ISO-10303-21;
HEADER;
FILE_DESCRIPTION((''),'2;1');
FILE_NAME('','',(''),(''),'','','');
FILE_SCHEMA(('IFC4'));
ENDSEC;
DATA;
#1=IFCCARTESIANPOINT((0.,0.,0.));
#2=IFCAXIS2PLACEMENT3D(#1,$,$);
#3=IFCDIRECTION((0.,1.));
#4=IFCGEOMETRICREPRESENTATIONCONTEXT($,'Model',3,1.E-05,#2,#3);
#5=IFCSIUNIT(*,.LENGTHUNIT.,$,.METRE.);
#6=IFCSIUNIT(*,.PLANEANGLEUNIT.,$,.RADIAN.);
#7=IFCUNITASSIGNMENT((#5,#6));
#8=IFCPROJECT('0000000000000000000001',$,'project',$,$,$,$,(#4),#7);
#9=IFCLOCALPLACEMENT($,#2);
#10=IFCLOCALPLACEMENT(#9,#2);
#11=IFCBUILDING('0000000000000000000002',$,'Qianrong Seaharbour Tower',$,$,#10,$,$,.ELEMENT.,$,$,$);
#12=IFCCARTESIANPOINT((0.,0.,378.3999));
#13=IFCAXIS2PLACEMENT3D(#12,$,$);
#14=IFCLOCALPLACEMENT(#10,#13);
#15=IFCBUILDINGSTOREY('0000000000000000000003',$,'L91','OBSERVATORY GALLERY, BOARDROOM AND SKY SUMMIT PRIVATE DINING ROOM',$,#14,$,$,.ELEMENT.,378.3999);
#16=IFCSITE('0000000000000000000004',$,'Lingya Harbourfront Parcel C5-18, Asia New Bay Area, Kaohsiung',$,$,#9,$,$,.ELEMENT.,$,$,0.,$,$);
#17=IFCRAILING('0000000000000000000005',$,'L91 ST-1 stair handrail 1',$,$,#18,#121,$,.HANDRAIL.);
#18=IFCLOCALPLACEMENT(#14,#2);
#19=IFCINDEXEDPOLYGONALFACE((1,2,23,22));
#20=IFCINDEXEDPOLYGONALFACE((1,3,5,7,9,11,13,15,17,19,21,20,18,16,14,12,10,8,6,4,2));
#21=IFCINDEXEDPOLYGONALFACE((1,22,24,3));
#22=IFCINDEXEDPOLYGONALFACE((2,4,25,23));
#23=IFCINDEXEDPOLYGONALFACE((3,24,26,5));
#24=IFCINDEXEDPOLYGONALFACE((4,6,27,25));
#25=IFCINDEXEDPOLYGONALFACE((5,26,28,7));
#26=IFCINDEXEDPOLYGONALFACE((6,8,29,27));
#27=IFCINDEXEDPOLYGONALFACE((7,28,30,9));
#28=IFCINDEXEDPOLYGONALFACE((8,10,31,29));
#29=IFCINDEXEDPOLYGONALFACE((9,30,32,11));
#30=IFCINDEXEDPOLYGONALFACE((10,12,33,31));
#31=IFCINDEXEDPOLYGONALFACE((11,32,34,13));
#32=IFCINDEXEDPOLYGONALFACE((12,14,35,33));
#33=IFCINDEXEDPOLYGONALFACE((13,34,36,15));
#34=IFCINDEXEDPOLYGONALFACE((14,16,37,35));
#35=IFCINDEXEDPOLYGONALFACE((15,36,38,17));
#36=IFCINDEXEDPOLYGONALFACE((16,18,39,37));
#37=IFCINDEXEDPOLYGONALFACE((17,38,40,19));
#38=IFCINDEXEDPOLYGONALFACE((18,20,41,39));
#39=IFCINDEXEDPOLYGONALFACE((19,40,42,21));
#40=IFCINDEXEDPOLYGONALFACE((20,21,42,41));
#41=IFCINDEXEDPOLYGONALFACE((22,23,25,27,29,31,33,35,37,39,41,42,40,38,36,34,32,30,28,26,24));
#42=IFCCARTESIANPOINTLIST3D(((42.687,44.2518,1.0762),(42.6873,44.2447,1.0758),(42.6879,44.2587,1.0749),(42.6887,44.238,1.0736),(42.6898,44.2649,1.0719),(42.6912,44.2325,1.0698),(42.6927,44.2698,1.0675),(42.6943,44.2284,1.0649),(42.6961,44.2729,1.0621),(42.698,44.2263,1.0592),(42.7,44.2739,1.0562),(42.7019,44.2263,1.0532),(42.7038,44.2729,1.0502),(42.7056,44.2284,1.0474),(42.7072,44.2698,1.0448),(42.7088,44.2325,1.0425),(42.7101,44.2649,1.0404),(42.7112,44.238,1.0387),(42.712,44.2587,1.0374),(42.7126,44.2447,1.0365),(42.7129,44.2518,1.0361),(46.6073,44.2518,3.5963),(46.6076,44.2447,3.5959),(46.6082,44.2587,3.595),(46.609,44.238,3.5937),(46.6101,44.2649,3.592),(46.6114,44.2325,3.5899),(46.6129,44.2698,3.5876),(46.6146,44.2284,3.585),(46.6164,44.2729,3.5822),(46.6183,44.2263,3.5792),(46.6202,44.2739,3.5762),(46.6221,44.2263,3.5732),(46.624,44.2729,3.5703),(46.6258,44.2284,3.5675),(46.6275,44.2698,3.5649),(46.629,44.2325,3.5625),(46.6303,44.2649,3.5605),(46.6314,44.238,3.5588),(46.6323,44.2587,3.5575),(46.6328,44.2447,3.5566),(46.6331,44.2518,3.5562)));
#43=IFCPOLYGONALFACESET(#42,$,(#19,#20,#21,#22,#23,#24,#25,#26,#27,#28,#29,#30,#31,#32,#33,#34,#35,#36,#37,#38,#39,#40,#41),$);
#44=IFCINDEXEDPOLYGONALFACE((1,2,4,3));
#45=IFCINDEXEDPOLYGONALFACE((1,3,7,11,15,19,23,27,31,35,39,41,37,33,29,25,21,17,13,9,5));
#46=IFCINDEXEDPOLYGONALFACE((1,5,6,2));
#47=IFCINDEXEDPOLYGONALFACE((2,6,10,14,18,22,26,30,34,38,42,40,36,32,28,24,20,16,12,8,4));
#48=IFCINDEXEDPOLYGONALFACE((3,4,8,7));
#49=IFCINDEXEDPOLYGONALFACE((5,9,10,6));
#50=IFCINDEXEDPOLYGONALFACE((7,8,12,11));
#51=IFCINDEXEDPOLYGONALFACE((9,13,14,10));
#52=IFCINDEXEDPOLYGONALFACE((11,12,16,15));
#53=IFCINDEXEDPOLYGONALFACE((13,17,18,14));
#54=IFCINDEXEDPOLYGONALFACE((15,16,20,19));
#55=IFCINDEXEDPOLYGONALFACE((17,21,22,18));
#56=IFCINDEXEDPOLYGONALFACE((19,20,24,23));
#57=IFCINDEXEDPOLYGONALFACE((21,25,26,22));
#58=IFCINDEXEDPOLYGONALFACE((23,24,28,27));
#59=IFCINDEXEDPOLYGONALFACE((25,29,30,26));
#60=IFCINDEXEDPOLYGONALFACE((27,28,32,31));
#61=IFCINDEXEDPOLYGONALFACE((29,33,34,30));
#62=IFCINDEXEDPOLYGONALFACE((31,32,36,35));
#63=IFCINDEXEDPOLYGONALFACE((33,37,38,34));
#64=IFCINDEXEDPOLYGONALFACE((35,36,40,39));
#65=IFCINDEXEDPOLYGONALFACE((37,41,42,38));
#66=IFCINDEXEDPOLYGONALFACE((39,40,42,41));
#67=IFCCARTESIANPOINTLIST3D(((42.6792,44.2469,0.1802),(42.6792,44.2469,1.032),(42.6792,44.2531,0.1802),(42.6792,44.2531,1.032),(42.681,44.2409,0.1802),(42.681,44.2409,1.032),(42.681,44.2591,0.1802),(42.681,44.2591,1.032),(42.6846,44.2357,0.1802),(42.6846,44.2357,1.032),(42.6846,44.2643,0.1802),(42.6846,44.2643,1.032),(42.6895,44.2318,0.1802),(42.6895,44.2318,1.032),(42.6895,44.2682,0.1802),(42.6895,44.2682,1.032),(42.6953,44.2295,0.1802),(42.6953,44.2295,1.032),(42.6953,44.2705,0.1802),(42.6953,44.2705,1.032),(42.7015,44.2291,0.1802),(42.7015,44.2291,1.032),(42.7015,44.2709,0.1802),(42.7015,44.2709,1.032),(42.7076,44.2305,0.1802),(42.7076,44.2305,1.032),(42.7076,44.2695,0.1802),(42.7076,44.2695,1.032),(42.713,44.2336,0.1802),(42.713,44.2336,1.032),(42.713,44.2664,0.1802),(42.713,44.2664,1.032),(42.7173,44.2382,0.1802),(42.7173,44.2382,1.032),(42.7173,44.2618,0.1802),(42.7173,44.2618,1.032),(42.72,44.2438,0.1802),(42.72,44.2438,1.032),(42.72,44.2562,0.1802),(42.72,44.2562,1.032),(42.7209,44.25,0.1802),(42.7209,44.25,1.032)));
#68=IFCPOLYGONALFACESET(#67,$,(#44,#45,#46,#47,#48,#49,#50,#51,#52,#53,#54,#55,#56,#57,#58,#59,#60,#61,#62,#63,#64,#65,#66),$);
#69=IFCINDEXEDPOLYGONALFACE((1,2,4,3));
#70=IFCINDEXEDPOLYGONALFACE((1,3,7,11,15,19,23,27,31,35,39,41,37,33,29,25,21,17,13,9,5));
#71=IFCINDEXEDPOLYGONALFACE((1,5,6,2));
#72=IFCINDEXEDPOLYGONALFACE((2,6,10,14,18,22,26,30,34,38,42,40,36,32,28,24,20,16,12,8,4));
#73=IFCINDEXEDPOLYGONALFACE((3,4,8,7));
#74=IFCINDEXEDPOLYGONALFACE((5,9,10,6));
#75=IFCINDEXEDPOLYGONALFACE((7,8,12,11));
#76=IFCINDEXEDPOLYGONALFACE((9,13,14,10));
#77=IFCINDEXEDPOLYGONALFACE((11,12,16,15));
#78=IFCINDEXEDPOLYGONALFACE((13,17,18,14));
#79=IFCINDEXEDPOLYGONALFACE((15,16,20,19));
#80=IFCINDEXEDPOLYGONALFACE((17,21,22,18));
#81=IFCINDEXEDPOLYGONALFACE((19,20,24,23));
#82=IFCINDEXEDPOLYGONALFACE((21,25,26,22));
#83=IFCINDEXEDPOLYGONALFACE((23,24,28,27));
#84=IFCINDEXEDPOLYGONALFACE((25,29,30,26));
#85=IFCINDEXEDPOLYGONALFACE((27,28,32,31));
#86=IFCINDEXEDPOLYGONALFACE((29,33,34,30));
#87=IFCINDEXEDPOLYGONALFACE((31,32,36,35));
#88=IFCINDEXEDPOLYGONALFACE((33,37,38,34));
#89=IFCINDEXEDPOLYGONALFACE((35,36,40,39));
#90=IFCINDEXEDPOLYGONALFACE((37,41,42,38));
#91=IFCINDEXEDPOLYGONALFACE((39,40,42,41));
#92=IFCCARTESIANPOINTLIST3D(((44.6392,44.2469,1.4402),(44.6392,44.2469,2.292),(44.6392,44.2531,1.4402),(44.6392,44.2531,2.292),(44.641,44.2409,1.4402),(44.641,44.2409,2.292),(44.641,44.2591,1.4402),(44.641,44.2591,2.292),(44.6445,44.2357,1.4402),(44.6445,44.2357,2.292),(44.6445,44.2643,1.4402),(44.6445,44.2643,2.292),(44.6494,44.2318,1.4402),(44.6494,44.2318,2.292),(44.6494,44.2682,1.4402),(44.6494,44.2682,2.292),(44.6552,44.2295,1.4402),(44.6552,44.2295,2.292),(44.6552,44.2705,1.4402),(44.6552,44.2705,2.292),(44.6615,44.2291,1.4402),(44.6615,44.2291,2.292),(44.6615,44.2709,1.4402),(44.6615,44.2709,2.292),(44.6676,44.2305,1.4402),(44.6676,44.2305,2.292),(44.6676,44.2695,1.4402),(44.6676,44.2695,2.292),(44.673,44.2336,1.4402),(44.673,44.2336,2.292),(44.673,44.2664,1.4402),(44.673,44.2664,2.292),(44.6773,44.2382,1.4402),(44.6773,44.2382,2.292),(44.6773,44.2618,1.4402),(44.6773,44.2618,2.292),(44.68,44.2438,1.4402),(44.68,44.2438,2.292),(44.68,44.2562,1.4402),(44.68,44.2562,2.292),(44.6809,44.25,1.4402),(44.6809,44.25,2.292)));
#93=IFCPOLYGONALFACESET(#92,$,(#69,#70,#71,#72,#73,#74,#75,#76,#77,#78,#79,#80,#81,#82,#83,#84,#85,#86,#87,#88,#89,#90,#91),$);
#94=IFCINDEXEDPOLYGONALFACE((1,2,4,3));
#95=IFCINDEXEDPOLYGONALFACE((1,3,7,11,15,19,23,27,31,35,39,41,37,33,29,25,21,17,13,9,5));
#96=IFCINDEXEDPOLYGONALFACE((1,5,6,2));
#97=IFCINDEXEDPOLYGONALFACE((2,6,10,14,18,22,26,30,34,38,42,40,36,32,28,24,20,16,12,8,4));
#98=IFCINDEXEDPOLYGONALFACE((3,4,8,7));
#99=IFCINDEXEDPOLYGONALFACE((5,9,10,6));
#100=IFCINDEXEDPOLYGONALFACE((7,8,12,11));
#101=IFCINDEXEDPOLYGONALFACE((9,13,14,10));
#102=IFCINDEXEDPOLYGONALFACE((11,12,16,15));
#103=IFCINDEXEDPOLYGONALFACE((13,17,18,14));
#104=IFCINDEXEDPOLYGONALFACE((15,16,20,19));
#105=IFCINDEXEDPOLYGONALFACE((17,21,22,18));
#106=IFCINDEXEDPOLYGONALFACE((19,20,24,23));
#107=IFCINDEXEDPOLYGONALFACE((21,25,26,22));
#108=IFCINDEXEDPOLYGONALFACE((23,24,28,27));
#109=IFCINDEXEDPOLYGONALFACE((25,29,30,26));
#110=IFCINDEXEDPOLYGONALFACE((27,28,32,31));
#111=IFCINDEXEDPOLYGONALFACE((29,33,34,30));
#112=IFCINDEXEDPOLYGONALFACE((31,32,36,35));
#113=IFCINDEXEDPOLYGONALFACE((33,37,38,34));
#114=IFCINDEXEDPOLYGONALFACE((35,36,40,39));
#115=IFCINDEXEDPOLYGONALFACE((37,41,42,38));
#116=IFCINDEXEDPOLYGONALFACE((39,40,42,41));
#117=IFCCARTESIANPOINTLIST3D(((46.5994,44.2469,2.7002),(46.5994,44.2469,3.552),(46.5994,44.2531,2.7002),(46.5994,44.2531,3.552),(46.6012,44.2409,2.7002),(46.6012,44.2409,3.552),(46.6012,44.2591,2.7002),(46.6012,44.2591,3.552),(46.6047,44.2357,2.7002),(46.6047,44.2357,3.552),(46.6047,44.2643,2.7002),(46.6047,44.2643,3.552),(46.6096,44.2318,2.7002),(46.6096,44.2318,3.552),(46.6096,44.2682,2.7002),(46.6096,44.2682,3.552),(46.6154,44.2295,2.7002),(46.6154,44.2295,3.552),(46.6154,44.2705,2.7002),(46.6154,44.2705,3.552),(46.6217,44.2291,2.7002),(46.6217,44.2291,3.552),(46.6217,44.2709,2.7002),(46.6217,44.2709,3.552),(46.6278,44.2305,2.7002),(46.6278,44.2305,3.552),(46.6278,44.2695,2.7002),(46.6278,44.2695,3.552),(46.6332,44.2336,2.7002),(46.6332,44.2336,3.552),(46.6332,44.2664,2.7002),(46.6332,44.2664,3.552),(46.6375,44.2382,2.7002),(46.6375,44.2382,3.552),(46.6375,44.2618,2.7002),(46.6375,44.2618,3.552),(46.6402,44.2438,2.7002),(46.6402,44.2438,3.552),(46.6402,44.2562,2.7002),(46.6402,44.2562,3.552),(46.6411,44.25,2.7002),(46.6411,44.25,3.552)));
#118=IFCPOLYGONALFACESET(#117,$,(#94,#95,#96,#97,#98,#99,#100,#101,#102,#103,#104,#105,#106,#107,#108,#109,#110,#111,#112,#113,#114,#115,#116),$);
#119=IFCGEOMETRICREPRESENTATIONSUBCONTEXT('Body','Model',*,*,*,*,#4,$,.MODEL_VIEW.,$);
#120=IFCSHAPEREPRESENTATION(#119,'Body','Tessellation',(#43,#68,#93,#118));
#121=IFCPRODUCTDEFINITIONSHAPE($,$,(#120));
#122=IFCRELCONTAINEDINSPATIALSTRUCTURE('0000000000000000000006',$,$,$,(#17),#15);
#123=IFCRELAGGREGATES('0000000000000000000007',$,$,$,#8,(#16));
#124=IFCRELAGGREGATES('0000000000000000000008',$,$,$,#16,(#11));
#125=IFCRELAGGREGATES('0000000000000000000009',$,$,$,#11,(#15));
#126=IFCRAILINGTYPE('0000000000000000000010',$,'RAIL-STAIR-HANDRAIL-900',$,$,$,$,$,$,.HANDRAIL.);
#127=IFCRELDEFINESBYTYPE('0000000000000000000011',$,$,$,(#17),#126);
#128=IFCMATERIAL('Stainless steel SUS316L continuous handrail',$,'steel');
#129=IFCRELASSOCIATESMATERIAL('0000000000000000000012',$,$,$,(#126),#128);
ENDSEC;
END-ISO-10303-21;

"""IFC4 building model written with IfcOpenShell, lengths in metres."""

from ifc_helpers import new_model, si_unit, direction, frame, origin, origin_2d, place, context, subcontext, project, spatial, circle, extrude, material, type_object, element, save


model = new_model("IFC4")

# Units and contexts
model_context = context("Model", 3, precision=1e-05, world=origin(), true_north=direction((0.0, 1.0)))
body_context = subcontext(model_context, "Body", "Model", "MODEL_VIEW")
ifc_project = project(units=[si_unit("LENGTHUNIT", "METRE"), si_unit("PLANEANGLEUNIT", "RADIAN")], contexts=[model_context])

# Site, building, storey
site_placement = place(None, origin())
site = spatial("IfcSite", under=ifc_project, at=site_placement, Name="Lingya Harbourfront Parcel C5-18, Asia New Bay Area, Kaohsiung", CompositionType="ELEMENT", RefElevation=0.0)
building_placement = place(site_placement, origin())
building = spatial("IfcBuilding", under=site, at=building_placement, Name="Qianrong Seaharbour Tower", CompositionType="ELEMENT")
storey_placement = place(building_placement, frame((0.0, 0.0, 378.3999)))
storey = spatial("IfcBuildingStorey", under=building, at=storey_placement, Name="L91", Description="OBSERVATORY GALLERY, BOARDROOM AND SKY SUMMIT PRIVATE DINING ROOM", CompositionType="ELEMENT", Elevation=378.3999)

# Railing
ifc_material_1 = material(Name="Stainless steel SUS316L continuous handrail", Category="steel")
railing_type = type_object("IfcRailingType", Name="RAIL-STAIR-HANDRAIL-900", PredefinedType="HANDRAIL", material=ifc_material_1)
railing_placement = place(storey_placement, frame((42.7, 44.25, 0.1802)))
element("IfcRailing", 1, at=railing_placement, inside=storey, type_object=railing_type, Name="L91 ST-1 stair handrail 1", PredefinedType="HANDRAIL", context=body_context, shape_type="SweptSolid", body=[
    extrude(circle(Radius=0.0239, at=origin_2d()), frame((0.0, 0.0, 0.876), z_axis=(0.841187, 0.0, 0.540744), x_axis=(0.0, 1.0, 0.0)), (0.0, 0.0, 1.0), 4.6604),
    extrude(circle(Radius=0.021, at=origin_2d()), origin(), (0.0, 0.0, 1.0), 0.8518),
    extrude(circle(Radius=0.021, at=origin_2d()), frame((1.96, 0.0, 1.26)), (0.0, 0.0, 1.0), 0.8518),
    extrude(circle(Radius=0.021, at=origin_2d()), frame((3.9202, 0.0, 2.52)), (0.0, 0.0, 1.0), 0.8518),
])

save(model, "model.ifc")
